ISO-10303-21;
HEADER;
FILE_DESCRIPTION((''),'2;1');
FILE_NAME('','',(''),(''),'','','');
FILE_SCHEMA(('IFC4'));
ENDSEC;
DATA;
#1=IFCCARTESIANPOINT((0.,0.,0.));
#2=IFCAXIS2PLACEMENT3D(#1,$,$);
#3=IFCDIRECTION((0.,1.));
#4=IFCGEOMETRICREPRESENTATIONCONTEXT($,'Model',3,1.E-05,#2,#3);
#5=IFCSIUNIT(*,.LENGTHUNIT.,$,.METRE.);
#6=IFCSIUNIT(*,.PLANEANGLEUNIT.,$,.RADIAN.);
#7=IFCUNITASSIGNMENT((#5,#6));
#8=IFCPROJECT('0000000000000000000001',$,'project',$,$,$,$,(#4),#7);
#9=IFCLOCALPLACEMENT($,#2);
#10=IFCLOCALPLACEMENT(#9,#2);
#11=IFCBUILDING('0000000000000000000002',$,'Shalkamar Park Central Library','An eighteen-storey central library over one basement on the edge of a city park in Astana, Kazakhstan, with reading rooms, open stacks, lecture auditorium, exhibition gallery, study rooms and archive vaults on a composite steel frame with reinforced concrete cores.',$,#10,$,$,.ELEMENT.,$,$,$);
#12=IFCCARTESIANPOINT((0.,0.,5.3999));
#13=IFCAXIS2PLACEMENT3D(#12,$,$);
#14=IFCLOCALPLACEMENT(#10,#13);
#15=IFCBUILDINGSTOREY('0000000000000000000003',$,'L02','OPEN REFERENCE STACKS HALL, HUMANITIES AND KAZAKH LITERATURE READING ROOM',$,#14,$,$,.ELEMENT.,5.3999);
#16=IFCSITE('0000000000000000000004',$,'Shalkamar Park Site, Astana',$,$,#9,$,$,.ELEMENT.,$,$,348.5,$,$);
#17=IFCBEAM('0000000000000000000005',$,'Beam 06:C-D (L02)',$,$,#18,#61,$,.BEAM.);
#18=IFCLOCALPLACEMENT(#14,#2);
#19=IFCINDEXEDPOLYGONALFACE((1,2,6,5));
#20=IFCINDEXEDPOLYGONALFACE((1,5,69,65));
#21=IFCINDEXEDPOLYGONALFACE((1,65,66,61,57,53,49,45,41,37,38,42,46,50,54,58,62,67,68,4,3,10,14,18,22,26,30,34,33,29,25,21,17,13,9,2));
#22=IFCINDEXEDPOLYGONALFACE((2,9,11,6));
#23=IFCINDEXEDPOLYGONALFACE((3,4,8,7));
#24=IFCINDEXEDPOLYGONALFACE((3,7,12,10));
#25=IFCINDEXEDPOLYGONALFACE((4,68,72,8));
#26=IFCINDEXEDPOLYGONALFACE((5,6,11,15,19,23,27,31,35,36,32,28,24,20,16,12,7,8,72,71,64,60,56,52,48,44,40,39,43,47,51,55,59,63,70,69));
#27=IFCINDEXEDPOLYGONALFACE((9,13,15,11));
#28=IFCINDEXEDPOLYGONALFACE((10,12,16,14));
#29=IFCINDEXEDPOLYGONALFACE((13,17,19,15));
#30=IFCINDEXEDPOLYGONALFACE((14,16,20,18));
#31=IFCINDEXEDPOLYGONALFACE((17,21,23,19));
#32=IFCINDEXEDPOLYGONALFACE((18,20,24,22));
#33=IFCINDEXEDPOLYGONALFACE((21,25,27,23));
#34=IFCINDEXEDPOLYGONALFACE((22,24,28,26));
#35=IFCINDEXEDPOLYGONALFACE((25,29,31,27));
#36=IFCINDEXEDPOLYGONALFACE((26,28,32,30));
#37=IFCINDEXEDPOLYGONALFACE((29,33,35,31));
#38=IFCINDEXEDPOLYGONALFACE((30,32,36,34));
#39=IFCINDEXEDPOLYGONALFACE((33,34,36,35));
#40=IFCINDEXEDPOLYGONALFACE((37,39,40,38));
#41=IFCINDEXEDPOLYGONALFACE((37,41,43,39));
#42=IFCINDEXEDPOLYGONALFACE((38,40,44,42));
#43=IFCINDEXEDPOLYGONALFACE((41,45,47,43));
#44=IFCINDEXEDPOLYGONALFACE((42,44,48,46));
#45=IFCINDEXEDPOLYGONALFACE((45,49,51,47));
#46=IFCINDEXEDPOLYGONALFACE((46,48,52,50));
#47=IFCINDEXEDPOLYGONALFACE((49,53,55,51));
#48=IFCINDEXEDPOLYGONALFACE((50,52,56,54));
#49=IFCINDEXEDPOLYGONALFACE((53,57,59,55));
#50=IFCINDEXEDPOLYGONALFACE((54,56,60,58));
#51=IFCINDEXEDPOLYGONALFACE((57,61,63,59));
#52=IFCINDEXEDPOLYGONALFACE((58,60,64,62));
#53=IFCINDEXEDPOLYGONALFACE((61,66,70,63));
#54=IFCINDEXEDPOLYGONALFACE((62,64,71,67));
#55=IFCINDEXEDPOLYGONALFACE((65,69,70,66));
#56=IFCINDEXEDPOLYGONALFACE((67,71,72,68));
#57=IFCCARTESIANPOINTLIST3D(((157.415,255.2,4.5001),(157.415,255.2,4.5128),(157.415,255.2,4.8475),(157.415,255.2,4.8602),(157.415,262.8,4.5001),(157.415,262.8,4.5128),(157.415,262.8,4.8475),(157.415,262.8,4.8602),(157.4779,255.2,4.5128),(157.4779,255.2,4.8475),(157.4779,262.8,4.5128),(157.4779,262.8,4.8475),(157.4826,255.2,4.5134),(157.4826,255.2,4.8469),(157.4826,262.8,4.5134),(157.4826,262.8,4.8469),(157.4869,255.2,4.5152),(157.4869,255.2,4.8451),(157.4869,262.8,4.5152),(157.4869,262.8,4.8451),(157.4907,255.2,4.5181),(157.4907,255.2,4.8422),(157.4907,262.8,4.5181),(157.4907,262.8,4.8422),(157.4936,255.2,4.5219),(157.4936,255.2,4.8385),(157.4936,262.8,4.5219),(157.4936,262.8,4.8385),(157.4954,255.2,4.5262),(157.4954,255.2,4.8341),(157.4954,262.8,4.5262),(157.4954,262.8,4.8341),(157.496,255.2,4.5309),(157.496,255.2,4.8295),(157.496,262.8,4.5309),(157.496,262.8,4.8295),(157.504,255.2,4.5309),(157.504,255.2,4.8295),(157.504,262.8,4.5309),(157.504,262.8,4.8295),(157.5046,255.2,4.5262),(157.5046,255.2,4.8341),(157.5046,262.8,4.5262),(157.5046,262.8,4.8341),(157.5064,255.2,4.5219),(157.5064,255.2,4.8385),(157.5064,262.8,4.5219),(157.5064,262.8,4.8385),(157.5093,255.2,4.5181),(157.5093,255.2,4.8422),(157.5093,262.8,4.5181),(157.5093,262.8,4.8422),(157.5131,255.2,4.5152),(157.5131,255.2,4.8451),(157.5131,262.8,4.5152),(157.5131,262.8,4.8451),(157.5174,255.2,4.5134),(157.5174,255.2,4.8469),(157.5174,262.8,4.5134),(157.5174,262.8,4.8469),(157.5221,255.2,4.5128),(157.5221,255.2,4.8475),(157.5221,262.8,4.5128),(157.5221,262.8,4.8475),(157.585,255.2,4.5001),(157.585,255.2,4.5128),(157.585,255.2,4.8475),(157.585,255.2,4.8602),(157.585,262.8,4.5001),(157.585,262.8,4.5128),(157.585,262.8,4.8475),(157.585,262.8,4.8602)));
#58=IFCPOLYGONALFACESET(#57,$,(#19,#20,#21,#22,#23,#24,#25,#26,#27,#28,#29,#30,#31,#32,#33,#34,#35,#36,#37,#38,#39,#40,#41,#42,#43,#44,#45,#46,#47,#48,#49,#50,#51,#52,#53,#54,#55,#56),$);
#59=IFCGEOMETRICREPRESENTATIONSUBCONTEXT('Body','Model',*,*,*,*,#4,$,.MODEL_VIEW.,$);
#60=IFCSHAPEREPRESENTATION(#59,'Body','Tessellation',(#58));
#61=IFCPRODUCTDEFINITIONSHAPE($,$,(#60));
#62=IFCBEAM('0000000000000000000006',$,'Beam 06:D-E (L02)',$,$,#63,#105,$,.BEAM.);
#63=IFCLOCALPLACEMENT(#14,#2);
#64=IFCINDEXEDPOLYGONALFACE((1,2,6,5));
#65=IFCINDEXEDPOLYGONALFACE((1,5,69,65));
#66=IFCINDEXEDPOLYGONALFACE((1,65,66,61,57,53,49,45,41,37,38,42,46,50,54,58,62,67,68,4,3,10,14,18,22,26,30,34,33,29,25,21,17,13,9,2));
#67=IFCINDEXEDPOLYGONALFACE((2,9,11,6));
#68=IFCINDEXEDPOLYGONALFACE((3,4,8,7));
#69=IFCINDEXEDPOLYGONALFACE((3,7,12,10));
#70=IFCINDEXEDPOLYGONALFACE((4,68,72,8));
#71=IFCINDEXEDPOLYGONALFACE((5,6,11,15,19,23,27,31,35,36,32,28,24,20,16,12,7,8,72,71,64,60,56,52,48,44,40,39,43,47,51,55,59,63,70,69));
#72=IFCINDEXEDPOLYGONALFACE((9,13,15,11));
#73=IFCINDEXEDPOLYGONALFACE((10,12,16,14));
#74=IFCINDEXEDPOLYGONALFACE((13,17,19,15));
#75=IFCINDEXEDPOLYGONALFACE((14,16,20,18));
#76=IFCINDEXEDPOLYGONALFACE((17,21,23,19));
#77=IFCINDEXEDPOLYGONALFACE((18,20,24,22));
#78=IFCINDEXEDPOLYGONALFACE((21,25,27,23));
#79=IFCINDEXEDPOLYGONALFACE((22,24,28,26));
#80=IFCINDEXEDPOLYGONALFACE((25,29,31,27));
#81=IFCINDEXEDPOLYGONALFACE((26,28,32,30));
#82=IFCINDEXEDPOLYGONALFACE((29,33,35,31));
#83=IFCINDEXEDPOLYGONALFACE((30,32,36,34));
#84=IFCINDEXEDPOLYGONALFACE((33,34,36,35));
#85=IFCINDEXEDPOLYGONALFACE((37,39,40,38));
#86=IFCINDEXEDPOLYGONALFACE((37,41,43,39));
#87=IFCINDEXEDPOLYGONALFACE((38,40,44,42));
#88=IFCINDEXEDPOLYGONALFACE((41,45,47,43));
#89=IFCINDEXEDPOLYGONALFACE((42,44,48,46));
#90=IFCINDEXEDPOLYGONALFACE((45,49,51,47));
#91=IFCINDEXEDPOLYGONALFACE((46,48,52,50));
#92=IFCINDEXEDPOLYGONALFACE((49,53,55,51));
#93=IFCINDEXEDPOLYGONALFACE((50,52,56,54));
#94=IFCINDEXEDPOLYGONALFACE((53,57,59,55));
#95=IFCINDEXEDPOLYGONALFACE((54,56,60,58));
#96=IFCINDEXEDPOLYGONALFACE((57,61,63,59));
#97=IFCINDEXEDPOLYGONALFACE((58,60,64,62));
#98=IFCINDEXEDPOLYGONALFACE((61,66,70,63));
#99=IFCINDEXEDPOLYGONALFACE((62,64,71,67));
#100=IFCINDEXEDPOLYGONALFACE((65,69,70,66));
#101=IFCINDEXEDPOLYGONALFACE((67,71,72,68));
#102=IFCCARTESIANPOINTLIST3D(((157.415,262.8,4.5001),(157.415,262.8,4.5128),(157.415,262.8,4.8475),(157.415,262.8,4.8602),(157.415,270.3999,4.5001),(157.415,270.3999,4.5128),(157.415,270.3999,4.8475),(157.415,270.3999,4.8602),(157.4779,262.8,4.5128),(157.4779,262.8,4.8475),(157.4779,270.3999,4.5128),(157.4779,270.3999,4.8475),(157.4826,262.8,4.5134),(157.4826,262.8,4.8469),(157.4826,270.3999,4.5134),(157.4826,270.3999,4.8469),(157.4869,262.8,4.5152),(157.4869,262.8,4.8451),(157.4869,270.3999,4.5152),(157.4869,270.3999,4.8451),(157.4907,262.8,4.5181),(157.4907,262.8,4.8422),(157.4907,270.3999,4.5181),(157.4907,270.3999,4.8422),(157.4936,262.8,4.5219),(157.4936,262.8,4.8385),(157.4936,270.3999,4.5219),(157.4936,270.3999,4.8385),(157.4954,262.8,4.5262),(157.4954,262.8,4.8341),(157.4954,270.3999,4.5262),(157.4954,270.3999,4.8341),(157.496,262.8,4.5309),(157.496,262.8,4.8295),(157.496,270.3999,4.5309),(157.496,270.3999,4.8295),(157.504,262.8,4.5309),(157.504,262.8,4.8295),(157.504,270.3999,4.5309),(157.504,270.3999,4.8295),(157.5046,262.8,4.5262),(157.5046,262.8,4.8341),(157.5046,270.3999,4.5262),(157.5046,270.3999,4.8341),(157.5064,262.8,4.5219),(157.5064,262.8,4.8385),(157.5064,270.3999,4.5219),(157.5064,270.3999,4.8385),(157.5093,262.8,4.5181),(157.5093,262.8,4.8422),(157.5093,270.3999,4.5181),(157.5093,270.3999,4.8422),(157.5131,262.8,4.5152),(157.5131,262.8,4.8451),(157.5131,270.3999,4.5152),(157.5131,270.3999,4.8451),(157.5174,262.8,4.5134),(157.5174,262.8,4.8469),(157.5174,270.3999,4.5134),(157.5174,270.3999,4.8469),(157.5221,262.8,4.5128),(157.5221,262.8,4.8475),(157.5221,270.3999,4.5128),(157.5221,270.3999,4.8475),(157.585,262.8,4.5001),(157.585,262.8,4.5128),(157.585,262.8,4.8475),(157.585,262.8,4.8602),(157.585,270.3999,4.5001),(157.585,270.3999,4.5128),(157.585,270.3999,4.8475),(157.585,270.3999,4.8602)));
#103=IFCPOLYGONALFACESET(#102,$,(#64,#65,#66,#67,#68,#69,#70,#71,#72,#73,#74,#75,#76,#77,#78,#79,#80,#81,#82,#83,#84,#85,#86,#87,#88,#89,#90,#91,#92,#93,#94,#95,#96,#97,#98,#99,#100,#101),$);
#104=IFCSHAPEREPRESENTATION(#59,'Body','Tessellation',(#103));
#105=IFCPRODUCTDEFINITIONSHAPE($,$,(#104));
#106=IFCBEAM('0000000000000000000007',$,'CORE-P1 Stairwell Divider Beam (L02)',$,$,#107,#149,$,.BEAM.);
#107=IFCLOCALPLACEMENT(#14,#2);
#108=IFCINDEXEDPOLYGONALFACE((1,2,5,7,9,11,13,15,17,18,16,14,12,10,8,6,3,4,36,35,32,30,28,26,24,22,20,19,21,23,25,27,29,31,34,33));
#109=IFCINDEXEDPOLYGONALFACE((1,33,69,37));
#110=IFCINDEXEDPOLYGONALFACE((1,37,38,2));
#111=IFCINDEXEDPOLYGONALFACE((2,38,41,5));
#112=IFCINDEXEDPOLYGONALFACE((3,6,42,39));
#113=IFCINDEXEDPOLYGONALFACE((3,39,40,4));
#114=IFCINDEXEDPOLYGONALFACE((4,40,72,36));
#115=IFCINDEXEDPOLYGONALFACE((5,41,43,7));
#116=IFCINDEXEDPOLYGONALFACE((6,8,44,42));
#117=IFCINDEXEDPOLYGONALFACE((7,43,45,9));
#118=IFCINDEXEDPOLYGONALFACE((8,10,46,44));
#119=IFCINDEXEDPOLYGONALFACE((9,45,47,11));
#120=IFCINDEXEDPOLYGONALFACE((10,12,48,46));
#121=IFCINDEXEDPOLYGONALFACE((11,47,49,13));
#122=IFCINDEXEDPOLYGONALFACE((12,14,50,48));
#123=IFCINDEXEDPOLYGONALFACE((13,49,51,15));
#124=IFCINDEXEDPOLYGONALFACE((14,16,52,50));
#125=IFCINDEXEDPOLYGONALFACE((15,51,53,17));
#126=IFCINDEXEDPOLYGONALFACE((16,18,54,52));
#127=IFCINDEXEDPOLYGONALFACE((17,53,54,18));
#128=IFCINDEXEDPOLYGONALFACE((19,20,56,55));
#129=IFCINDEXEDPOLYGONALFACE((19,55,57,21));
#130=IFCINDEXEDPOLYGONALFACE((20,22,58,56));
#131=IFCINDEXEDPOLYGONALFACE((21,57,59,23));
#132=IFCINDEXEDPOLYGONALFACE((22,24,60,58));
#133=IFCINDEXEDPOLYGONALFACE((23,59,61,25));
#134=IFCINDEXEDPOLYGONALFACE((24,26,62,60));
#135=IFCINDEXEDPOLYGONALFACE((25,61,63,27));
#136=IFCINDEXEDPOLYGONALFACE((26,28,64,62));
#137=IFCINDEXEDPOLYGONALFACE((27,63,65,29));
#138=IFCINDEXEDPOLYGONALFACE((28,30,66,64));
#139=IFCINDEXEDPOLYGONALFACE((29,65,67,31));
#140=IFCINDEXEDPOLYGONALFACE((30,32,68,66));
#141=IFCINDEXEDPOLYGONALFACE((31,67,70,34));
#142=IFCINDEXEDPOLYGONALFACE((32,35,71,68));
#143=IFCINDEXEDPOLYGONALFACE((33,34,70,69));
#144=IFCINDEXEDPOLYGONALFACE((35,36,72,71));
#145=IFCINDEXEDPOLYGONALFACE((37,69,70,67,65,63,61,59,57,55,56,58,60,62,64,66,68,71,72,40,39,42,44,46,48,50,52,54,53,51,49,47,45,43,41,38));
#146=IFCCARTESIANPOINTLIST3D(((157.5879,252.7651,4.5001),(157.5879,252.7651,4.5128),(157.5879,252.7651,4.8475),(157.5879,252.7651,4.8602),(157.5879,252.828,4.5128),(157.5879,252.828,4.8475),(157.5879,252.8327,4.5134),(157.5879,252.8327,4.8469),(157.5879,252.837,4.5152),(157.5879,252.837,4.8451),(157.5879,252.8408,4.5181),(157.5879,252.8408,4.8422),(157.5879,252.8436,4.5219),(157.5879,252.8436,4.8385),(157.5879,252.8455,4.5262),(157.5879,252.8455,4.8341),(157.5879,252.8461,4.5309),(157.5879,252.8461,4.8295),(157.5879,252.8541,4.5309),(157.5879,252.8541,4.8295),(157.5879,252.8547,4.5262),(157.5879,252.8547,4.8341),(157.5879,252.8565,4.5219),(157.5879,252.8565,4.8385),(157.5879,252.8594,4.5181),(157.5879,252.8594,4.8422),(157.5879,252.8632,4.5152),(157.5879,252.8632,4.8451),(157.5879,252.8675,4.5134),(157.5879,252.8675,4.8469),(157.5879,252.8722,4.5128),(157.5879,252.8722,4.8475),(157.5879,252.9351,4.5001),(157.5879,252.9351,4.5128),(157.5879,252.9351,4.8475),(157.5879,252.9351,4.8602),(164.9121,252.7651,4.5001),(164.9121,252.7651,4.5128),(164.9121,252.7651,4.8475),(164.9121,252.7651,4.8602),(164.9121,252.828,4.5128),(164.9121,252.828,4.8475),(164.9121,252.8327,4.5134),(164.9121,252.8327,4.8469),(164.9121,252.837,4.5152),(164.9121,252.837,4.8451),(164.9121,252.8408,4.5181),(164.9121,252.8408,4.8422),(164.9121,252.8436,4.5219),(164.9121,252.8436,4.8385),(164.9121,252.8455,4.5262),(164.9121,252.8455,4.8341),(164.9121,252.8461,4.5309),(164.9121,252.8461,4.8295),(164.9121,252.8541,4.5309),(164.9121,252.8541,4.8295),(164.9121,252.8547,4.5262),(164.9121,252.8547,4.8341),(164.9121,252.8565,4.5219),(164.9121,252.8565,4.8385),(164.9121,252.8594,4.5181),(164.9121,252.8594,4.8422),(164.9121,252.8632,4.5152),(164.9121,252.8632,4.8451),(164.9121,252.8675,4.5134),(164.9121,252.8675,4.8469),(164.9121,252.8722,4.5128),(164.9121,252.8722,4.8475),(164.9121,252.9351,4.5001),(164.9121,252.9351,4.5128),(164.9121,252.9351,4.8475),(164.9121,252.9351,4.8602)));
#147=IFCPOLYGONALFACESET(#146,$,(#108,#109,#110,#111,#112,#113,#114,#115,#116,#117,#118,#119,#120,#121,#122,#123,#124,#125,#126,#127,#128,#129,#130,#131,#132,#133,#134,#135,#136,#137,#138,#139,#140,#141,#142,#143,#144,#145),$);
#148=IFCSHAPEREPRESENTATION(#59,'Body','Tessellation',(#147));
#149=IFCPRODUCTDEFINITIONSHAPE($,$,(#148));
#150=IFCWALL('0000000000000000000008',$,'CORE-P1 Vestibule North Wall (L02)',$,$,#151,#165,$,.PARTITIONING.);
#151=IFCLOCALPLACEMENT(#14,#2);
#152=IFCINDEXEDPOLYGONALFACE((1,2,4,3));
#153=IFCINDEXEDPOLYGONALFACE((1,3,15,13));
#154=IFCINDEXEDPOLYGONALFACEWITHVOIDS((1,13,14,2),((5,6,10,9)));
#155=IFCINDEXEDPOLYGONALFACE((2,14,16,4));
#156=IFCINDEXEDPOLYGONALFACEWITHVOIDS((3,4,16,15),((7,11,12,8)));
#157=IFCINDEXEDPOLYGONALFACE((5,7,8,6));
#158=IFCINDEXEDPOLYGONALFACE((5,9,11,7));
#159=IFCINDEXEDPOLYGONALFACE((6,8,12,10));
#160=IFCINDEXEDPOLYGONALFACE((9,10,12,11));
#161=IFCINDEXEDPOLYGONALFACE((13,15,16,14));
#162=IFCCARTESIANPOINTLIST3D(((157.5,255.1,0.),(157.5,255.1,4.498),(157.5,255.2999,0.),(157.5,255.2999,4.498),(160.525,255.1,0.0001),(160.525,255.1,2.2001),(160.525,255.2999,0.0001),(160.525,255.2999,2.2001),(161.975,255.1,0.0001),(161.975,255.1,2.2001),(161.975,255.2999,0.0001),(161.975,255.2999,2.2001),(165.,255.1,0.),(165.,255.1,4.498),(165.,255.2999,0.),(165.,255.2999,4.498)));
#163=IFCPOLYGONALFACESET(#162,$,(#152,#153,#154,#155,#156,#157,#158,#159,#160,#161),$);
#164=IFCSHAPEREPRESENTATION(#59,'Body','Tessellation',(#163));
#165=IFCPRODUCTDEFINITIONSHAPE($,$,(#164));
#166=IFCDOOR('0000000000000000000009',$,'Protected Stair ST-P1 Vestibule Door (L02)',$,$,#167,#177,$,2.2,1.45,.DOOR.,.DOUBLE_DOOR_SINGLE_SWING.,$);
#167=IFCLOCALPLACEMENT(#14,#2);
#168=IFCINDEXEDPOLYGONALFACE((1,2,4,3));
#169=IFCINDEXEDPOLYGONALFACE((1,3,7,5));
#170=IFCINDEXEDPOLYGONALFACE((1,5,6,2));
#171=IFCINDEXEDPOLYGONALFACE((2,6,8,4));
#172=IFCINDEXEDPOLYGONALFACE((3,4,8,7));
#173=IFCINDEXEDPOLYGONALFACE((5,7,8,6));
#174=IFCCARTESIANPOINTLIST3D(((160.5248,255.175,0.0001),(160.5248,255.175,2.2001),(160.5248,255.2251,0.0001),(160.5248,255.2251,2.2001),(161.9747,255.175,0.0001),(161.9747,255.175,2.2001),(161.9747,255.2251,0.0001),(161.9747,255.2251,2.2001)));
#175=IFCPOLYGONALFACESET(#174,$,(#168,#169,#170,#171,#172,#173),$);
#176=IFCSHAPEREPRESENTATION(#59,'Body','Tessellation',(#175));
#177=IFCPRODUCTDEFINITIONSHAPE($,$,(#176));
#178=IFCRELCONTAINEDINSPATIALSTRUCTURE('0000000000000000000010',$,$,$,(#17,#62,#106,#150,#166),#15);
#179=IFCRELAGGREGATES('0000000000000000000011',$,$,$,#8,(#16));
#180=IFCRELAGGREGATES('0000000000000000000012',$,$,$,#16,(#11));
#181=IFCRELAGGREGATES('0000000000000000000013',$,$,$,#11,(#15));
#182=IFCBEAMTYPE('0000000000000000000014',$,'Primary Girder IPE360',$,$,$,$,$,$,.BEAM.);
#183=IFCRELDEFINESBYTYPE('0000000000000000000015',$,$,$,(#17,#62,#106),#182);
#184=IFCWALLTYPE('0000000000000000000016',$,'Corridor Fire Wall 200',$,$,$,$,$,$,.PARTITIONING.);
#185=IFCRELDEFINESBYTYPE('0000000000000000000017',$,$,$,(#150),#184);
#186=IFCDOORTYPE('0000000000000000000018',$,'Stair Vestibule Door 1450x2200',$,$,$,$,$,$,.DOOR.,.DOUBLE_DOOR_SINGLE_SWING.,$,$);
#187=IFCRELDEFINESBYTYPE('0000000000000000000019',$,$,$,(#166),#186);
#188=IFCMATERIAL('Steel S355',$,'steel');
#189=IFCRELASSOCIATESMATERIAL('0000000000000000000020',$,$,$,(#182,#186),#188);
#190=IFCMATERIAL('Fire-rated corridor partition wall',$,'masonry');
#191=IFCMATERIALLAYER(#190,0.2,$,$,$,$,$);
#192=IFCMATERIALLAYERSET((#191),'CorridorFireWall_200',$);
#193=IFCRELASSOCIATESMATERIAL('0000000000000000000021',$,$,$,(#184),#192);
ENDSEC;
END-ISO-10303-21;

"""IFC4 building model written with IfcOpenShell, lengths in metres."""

from ifc_helpers import new_model, si_unit, direction, frame, frame_2d, origin, origin_2d, place, context, subcontext, project, spatial, rectangle, i_section, extrude, material, layer, layer_set, material_profile, profile_set, type_object, element, fill, save


model = new_model("IFC4")

# Units and contexts
model_context = context("Model", 3, precision=1e-05, world=origin(), true_north=direction((0.0, 1.0)))
body_context = subcontext(model_context, "Body", "Model", "MODEL_VIEW")
ifc_project = project(units=[si_unit("LENGTHUNIT", "METRE"), si_unit("PLANEANGLEUNIT", "RADIAN")], contexts=[model_context])

# Site, building, storey
site_placement = place(None, origin())
site = spatial("IfcSite", under=ifc_project, at=site_placement, Name="Shalkamar Park Site, Astana", CompositionType="ELEMENT", RefElevation=348.5)
building_placement = place(site_placement, origin())
building = spatial("IfcBuilding", under=site, at=building_placement, Name="Shalkamar Park Central Library", Description="An eighteen-storey central library over one basement on the edge of a city park in Astana, Kazakhstan, with reading rooms, open stacks, lecture auditorium, exhibition gallery, study rooms and archive vaults on a composite steel frame with reinforced concrete cores.", CompositionType="ELEMENT")
storey_placement = place(building_placement, frame((0.0, 0.0, 5.3999)))
storey = spatial("IfcBuildingStorey", under=building, at=storey_placement, Name="L02", Description="OPEN REFERENCE STACKS HALL, HUMANITIES AND KAZAKH LITERATURE READING ROOM", CompositionType="ELEMENT", Elevation=5.3999)

# Shared definitions
ifc_material_1 = material(Name="Steel S355", Category="steel")

# Beams
ifc_material_profile_1 = material_profile(ifc_material_1, i_section(OverallWidth=0.1699, OverallDepth=0.3601, WebThickness=0.0081, FlangeThickness=0.0127, FilletRadius=0.0181, at=origin_2d()), Name="IPE 360")
ifc_profile_set_1 = profile_set([ifc_material_profile_1], Name="Steel S355")
beam_type = type_object("IfcBeamType", Name="Primary Girder IPE360", PredefinedType="BEAM", material=ifc_profile_set_1)
beam_1_placement = place(storey_placement, frame((157.5, 255.2, 4.6802), z_axis=(0.0, 1.0, 0.0), x_axis=(-1.0, 0.0, 0.0)))
element("IfcBeam", 1, at=beam_1_placement, inside=storey, type_object=beam_type, Name="Beam 06:C-D (L02)", PredefinedType="BEAM", context=body_context, shape_type="SweptSolid", body=[
    extrude(i_section(OverallWidth=0.1699, OverallDepth=0.3601, WebThickness=0.0081, FlangeThickness=0.0127, FilletRadius=0.0181, at=origin_2d()), origin(), (0.0, 0.0, 1.0), 7.6001),
])
beam_2_placement = place(storey_placement, frame((157.5, 262.8, 4.6802), z_axis=(0.0, 1.0, 0.0), x_axis=(-1.0, 0.0, 0.0)))
element("IfcBeam", 2, at=beam_2_placement, inside=storey, type_object=beam_type, Name="Beam 06:D-E (L02)", PredefinedType="BEAM", context=body_context, shape_type="SweptSolid", body=[
    extrude(i_section(OverallWidth=0.1699, OverallDepth=0.3601, WebThickness=0.0081, FlangeThickness=0.0127, FilletRadius=0.0181, at=origin_2d()), origin(), (0.0, 0.0, 1.0), 7.5999),
])
beam_3_placement = place(storey_placement, frame((157.5879, 252.8501, 4.6802), z_axis=(1.0, 0.0, 0.0), x_axis=(0.0, 1.0, 0.0)))
element("IfcBeam", 3, at=beam_3_placement, inside=storey, type_object=beam_type, Name="CORE-P1 Stairwell Divider Beam (L02)", PredefinedType="BEAM", context=body_context, shape_type="SweptSolid", body=[
    extrude(i_section(OverallWidth=0.1699, OverallDepth=0.3601, WebThickness=0.0081, FlangeThickness=0.0127, FilletRadius=0.0181, at=origin_2d()), origin(), (0.0, 0.0, 1.0), 7.3242),
])

# Wall, opening, door
ifc_material_2 = material(Name="Fire-rated corridor partition wall", Category="masonry")
ifc_layer_1 = layer(ifc_material_2, 0.2)
ifc_layer_set_1 = layer_set([ifc_layer_1], Name="CorridorFireWall_200")
wall_type_1 = type_object("IfcWallType", Name="Corridor Fire Wall 200", PredefinedType="PARTITIONING", material=ifc_layer_set_1)
wall_1_placement = place(storey_placement, frame((157.5, 255.2, 0.0), z_axis=(0.0, 0.0, 1.0), x_axis=(1.0, 0.0, 0.0)))
wall_1 = element("IfcWall", 4, at=wall_1_placement, inside=storey, type_object=wall_type_1, Name="CORE-P1 Vestibule North Wall (L02)", PredefinedType="PARTITIONING", context=body_context, shape_type="SweptSolid", body=[
    extrude(rectangle(XDim=7.5, YDim=0.2, at=frame_2d((3.75, 0.0))), origin(), (0.0, 0.0, 1.0), 4.498),
])
opening_1_placement = place(wall_1_placement, frame((3.0249, 0.0, 0.0)))
opening_1 = element("IfcOpeningElement", 5, at=opening_1_placement, cuts=wall_1, PredefinedType="OPENING", context=body_context, shape_type="SweptSolid", body=[
    extrude(rectangle(XDim=1.45, YDim=2.2, at=frame_2d((0.7251, 1.1001))), frame((0.0, 0.1147, 0.0), z_axis=(0.0, -1.0, 0.0), x_axis=(1.0, 0.0, 0.0)), (0.0, 0.0, 1.0), 0.2297),
])
door_type_1 = type_object("IfcDoorType", Name="Stair Vestibule Door 1450x2200", OperationType="DOUBLE_DOOR_SINGLE_SWING", PredefinedType="DOOR", material=ifc_material_1)
door_1_placement = place(opening_1_placement, frame((1.45, 0.0, 0.0), z_axis=(0.0, 0.0, 1.0), x_axis=(-1.0, 0.0, 0.0)))
door_1 = element("IfcDoor", 6, at=door_1_placement, inside=storey, type_object=door_type_1, Name="Protected Stair ST-P1 Vestibule Door (L02)", OperationType="DOUBLE_DOOR_SINGLE_SWING", OverallHeight=2.2, OverallWidth=1.45, PredefinedType="DOOR", context=body_context, shape_type="SweptSolid", body=[
    extrude(rectangle(XDim=1.45, YDim=2.2, at=frame_2d((0.7251, 1.1001))), frame((0.0, 0.0249, 0.0), z_axis=(0.0, -1.0, 0.0), x_axis=(1.0, 0.0, 0.0)), (0.0, 0.0, 1.0), 0.05),
])
fill(opening_1, door_1)

save(model, "model.ifc")
